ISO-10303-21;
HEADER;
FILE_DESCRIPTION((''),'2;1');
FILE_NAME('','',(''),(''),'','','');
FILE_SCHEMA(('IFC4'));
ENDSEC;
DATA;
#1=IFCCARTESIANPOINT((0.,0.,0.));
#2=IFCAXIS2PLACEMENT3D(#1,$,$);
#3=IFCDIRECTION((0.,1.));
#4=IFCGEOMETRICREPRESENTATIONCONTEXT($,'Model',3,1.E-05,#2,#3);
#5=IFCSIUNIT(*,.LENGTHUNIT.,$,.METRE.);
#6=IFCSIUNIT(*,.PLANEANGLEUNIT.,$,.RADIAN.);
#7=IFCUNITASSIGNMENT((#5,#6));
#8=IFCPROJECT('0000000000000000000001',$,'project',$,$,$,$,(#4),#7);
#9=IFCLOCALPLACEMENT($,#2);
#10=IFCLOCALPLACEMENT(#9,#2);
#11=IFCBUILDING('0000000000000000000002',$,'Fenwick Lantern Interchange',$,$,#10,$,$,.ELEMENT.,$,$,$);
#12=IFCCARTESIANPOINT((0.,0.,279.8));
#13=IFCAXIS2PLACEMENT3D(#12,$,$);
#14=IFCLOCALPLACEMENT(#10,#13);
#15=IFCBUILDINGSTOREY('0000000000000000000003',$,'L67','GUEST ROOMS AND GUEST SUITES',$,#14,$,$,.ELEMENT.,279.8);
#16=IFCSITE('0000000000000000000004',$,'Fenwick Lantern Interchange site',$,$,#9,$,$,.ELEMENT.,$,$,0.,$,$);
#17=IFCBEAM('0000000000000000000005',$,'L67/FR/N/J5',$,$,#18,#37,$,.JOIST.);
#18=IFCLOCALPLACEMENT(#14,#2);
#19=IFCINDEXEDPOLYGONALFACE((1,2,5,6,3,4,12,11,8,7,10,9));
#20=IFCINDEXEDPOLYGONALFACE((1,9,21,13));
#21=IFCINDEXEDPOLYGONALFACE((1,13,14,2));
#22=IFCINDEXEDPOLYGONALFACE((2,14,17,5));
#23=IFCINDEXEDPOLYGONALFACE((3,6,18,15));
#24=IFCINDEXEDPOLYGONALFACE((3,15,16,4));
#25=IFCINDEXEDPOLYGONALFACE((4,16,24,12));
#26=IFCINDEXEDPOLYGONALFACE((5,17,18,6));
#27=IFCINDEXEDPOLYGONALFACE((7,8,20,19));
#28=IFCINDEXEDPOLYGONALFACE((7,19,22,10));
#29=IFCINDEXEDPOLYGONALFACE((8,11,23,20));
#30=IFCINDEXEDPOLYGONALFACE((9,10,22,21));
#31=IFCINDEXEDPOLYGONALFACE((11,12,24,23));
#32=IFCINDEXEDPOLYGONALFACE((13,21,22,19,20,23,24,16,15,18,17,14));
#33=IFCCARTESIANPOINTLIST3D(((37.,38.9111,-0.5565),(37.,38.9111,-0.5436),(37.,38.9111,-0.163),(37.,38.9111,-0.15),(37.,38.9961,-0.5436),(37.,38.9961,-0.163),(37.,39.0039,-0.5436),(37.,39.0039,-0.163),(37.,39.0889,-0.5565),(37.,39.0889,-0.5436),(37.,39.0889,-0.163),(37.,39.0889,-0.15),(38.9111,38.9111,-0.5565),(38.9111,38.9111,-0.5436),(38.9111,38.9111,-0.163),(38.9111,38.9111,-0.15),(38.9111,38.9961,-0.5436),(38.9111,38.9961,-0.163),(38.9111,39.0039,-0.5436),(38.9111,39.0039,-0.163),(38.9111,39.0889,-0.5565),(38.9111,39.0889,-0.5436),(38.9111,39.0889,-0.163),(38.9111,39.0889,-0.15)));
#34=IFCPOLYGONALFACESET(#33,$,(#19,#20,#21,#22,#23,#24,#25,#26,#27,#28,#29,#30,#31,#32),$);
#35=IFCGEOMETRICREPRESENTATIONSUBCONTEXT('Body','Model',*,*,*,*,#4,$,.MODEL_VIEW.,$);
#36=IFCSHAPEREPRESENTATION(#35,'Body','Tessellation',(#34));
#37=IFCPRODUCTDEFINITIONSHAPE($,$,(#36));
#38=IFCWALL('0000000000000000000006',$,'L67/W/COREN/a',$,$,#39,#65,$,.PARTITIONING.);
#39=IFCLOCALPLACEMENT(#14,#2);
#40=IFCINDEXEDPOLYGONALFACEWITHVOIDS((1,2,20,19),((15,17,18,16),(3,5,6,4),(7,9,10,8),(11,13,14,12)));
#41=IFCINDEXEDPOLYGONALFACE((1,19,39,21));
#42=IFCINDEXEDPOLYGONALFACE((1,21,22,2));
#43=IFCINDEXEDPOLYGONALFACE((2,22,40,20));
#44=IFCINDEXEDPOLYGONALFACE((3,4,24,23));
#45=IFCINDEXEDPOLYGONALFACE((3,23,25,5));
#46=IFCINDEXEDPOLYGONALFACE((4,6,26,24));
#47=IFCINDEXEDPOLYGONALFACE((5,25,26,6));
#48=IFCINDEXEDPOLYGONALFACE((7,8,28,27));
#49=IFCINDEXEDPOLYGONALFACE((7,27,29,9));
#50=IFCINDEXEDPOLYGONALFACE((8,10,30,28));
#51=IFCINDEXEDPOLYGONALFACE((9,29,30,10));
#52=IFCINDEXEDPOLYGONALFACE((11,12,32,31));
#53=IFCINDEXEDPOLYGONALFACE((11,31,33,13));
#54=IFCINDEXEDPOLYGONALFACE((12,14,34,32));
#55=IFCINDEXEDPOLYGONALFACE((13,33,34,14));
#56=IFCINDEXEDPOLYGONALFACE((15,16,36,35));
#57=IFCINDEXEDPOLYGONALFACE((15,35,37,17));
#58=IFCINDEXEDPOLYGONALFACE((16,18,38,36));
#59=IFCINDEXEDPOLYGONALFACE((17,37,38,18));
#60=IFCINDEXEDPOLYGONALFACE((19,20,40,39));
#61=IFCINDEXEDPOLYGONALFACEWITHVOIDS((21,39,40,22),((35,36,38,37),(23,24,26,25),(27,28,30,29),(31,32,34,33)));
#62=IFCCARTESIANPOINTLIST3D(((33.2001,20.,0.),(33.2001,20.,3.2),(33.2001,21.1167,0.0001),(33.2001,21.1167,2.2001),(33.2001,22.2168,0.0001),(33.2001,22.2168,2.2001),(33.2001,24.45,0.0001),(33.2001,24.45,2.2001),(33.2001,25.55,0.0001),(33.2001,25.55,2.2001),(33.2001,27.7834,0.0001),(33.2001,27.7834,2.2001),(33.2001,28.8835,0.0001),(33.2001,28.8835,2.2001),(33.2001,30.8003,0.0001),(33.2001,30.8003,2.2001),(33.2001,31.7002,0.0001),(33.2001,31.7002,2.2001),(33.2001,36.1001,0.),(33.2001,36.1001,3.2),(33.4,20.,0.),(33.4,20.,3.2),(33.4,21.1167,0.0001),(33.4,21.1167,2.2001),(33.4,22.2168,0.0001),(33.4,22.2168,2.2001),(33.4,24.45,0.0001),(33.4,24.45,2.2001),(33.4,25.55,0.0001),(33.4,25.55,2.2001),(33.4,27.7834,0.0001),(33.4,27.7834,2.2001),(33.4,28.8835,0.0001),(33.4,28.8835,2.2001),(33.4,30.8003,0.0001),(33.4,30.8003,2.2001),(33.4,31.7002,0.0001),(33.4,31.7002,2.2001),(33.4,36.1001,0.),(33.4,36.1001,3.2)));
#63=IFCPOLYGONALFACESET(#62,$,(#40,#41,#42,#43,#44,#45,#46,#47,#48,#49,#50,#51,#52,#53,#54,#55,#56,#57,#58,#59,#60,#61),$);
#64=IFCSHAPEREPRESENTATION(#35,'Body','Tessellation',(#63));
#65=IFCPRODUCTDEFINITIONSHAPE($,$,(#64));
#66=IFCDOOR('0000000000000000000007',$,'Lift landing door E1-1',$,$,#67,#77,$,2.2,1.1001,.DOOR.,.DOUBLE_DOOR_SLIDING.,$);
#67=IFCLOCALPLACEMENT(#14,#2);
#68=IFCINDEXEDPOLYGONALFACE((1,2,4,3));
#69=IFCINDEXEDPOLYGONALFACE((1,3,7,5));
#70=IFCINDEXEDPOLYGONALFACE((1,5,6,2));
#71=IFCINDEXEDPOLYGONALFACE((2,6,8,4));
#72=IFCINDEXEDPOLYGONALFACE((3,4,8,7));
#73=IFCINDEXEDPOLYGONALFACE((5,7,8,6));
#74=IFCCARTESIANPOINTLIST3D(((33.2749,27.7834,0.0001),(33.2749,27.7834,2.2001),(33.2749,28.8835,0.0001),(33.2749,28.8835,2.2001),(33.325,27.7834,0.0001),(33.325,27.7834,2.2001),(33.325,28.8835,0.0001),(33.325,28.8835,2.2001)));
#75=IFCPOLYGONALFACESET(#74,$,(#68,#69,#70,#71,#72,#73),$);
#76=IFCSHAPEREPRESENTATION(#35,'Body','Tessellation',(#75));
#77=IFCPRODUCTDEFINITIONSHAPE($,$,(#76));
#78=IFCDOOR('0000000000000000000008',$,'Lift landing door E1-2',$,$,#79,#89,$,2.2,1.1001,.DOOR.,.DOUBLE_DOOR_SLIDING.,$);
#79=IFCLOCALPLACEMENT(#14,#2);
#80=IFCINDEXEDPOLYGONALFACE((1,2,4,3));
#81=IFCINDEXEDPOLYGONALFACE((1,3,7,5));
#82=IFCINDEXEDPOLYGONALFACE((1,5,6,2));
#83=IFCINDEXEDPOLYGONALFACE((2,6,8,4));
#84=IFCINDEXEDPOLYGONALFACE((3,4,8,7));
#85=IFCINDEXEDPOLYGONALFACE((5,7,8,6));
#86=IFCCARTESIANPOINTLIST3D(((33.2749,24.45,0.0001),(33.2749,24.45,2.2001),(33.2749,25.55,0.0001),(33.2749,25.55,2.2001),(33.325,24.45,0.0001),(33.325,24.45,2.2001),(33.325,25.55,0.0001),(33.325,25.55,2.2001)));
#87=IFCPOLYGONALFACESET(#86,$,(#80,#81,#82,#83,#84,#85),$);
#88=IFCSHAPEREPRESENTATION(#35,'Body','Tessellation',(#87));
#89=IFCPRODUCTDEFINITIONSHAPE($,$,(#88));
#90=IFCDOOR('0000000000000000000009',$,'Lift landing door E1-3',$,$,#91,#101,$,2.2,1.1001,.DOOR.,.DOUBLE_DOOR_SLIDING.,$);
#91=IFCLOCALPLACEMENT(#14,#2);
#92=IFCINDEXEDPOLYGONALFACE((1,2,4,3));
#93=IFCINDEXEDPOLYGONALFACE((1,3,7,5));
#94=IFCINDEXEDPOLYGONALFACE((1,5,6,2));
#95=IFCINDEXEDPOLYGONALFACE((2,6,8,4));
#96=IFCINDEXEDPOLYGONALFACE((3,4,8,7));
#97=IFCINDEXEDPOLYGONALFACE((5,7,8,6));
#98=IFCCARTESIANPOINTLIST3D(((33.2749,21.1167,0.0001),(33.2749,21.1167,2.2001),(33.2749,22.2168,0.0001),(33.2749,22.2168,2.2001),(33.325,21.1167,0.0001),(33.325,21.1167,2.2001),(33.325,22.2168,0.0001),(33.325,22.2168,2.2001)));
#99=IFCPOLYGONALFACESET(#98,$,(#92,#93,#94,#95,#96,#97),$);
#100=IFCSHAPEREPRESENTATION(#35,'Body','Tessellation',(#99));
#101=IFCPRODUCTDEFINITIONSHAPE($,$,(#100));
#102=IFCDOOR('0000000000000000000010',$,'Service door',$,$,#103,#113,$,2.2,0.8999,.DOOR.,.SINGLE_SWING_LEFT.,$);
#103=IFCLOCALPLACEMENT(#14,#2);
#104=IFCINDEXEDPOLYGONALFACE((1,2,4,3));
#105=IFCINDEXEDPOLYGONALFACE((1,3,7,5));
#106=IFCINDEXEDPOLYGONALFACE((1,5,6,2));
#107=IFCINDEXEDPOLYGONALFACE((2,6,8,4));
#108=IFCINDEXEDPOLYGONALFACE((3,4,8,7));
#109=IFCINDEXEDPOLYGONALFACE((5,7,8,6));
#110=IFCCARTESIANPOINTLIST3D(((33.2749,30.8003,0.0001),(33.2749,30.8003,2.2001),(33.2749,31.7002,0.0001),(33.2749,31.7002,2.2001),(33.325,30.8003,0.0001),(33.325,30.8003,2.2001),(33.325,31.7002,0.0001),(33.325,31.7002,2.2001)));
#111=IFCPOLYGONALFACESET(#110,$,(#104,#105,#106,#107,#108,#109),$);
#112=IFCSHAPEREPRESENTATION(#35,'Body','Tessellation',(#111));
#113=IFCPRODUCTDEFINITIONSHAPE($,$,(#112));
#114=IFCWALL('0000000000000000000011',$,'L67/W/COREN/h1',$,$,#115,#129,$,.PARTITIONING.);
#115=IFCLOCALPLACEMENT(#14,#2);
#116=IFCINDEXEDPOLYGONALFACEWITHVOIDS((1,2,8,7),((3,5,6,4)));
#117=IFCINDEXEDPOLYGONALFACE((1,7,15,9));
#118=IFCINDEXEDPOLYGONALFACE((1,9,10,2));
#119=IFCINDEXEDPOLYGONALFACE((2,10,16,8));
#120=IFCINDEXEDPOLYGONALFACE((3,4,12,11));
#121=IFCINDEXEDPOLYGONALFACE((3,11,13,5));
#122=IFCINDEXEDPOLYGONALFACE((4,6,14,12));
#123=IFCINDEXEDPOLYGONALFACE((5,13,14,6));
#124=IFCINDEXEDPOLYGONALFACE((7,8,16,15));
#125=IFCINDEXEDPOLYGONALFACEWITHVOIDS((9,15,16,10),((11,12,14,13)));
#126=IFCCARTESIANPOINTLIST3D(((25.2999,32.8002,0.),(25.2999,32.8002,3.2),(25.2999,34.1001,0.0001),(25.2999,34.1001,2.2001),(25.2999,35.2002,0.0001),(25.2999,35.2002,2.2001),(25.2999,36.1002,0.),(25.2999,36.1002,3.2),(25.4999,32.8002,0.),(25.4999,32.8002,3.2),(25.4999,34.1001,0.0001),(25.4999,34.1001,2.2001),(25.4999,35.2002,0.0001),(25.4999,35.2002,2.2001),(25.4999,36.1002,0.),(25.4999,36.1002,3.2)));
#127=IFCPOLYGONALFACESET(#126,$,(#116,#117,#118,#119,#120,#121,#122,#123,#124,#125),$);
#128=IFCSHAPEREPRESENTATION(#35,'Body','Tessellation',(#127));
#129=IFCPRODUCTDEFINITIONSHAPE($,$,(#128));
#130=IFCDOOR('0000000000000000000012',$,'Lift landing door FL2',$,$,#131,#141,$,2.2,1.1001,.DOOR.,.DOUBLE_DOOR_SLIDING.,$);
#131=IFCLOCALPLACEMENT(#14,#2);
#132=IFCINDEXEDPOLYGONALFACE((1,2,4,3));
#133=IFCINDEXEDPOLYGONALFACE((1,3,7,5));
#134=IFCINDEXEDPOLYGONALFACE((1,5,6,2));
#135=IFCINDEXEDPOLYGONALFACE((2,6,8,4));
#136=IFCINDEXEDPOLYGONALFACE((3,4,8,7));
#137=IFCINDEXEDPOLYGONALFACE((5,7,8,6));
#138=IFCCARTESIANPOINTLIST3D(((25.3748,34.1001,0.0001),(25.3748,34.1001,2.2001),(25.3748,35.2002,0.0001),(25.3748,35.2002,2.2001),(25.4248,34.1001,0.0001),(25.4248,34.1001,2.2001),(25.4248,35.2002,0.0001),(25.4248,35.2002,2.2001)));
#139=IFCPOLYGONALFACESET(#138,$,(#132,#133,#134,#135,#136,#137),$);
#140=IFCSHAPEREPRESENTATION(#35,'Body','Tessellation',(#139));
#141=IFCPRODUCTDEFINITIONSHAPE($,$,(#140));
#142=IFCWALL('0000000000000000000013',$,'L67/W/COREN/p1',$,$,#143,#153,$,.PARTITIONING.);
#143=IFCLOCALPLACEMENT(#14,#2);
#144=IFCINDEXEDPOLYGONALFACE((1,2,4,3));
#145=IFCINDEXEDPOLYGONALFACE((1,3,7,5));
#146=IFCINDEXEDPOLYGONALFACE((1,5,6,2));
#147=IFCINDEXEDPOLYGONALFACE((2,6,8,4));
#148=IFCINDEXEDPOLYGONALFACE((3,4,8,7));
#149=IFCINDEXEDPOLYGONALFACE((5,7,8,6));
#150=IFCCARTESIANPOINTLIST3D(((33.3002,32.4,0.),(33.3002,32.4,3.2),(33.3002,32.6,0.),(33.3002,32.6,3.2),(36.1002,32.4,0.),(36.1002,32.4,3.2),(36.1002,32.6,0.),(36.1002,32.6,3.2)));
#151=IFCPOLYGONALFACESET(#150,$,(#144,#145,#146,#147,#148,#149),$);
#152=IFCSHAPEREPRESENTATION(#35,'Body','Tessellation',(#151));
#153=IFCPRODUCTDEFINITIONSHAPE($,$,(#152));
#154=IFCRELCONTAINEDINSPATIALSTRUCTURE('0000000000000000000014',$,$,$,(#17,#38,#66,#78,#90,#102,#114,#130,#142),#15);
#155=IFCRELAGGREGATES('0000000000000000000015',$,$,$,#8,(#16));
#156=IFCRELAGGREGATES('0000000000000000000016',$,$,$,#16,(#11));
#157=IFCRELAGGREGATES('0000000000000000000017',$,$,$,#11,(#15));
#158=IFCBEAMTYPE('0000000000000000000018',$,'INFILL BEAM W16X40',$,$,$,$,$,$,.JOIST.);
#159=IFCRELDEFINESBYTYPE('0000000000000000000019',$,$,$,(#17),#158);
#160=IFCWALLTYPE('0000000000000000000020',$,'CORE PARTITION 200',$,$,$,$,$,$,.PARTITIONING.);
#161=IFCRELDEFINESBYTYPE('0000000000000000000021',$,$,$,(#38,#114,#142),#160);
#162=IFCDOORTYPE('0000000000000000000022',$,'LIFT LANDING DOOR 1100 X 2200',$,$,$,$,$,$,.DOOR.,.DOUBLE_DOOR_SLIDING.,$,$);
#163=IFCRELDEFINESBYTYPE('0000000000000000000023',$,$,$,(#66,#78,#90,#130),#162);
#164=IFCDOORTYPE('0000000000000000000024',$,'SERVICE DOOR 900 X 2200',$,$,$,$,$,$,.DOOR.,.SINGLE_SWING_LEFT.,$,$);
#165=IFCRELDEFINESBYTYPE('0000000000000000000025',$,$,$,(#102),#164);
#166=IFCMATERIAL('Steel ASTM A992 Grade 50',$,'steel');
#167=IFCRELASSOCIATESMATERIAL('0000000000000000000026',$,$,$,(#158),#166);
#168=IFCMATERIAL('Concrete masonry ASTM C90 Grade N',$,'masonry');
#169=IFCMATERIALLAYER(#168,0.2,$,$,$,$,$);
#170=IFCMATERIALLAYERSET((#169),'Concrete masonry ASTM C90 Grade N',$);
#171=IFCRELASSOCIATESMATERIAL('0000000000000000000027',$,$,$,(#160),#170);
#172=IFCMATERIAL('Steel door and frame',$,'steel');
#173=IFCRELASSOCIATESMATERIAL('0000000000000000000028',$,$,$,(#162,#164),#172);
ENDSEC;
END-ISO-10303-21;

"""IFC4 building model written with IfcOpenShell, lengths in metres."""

from ifc_helpers import new_model, si_unit, direction, frame, frame_2d, origin, origin_2d, place, context, subcontext, project, spatial, rectangle, i_section, extrude, material, layer, layer_set, material_profile, profile_set, type_object, element, fill, save


model = new_model("IFC4")

# Units and contexts
model_context = context("Model", 3, precision=1e-05, world=origin(), true_north=direction((0.0, 1.0)))
body_context = subcontext(model_context, "Body", "Model", "MODEL_VIEW")
ifc_project = project(units=[si_unit("LENGTHUNIT", "METRE"), si_unit("PLANEANGLEUNIT", "RADIAN")], contexts=[model_context])

# Site, building, storey
site_placement = place(None, origin())
site = spatial("IfcSite", under=ifc_project, at=site_placement, Name="Fenwick Lantern Interchange site", CompositionType="ELEMENT", RefElevation=0.0)
building_placement = place(site_placement, origin())
building = spatial("IfcBuilding", under=site, at=building_placement, Name="Fenwick Lantern Interchange", CompositionType="ELEMENT")
storey_placement = place(building_placement, frame((0.0, 0.0, 279.8)))
storey = spatial("IfcBuildingStorey", under=building, at=storey_placement, Name="L67", Description="GUEST ROOMS AND GUEST SUITES", CompositionType="ELEMENT", Elevation=279.8)

# Beam
ifc_material_1 = material(Name="Steel ASTM A992 Grade 50", Category="steel")
ifc_material_profile = material_profile(ifc_material_1, i_section(OverallWidth=0.1777, OverallDepth=0.4065, WebThickness=0.0078, FlangeThickness=0.0129, at=origin_2d()), Name="W16X40")
ifc_profile_set = profile_set([ifc_material_profile], Name="Steel ASTM A992 Grade 50")
beam_type = type_object("IfcBeamType", Name="INFILL BEAM W16X40", PredefinedType="JOIST", material=ifc_profile_set)
beam_placement = place(storey_placement, frame((38.9111, 39.0, -0.3533), z_axis=(-1.0, 0.0, 0.0), x_axis=(0.0, -1.0, 0.0)))
element("IfcBeam", 1, at=beam_placement, inside=storey, type_object=beam_type, Name="L67/FR/N/J5", PredefinedType="JOIST", context=body_context, shape_type="SweptSolid", body=[
    extrude(i_section(OverallWidth=0.1777, OverallDepth=0.4065, WebThickness=0.0078, FlangeThickness=0.0129, at=origin_2d()), origin(), (0.0, 0.0, 1.0), 1.9111),
])

# Wall, openings, doors
ifc_material_2 = material(Name="Concrete masonry ASTM C90 Grade N", Category="masonry")
ifc_layer_1 = layer(ifc_material_2, 0.2)
ifc_layer_set_1 = layer_set([ifc_layer_1], Name="Concrete masonry ASTM C90 Grade N")
wall_type_1 = type_object("IfcWallType", Name="CORE PARTITION 200", PredefinedType="PARTITIONING", material=ifc_layer_set_1)
wall_1_placement = place(storey_placement, frame((33.3, 36.1001, 0.0), z_axis=(0.0, 0.0, 1.0), x_axis=(0.0, -1.0, 0.0)))
wall_1 = element("IfcWall", 2, at=wall_1_placement, inside=storey, type_object=wall_type_1, Name="L67/W/COREN/a", PredefinedType="PARTITIONING", context=body_context, shape_type="SweptSolid", body=[
    extrude(rectangle(XDim=16.1001, YDim=0.2, at=frame_2d((8.05, 0.0))), origin(), (0.0, 0.0, 1.0), 3.2),
])
opening_1_placement = place(wall_1_placement, frame((4.3999, 0.0, 0.0)))
opening_1 = element("IfcOpeningElement", 3, at=opening_1_placement, cuts=wall_1, PredefinedType="OPENING", context=body_context, shape_type="SweptSolid", body=[
    extrude(rectangle(XDim=0.8999, YDim=2.2, at=frame_2d((0.45, 1.1001))), frame((0.0, 0.1099, 0.0), z_axis=(0.0, -1.0, 0.0), x_axis=(1.0, 0.0, 0.0)), (0.0, 0.0, 1.0), 0.22),
])
opening_2_placement = place(wall_1_placement, frame((7.2166, 0.0, 0.0)))
opening_2 = element("IfcOpeningElement", 4, at=opening_2_placement, cuts=wall_1, PredefinedType="OPENING", context=body_context, shape_type="SweptSolid", body=[
    extrude(rectangle(XDim=1.1001, YDim=2.2, at=frame_2d((0.55, 1.1001))), frame((0.0, 0.1099, 0.0), z_axis=(0.0, -1.0, 0.0), x_axis=(1.0, 0.0, 0.0)), (0.0, 0.0, 1.0), 0.22),
])
opening_3_placement = place(wall_1_placement, frame((10.55, 0.0, 0.0)))
opening_3 = element("IfcOpeningElement", 5, at=opening_3_placement, cuts=wall_1, PredefinedType="OPENING", context=body_context, shape_type="SweptSolid", body=[
    extrude(rectangle(XDim=1.1001, YDim=2.2, at=frame_2d((0.55, 1.1001))), frame((0.0, 0.1099, 0.0), z_axis=(0.0, -1.0, 0.0), x_axis=(1.0, 0.0, 0.0)), (0.0, 0.0, 1.0), 0.22),
])
opening_4_placement = place(wall_1_placement, frame((13.8833, 0.0, 0.0)))
opening_4 = element("IfcOpeningElement", 6, at=opening_4_placement, cuts=wall_1, PredefinedType="OPENING", context=body_context, shape_type="SweptSolid", body=[
    extrude(rectangle(XDim=1.1001, YDim=2.2, at=frame_2d((0.55, 1.1001))), frame((0.0, 0.1099, 0.0), z_axis=(0.0, -1.0, 0.0), x_axis=(1.0, 0.0, 0.0)), (0.0, 0.0, 1.0), 0.22),
])
ifc_material_3 = material(Name="Steel door and frame", Category="steel")
door_type_1 = type_object("IfcDoorType", Name="LIFT LANDING DOOR 1100 X 2200", OperationType="DOUBLE_DOOR_SLIDING", PredefinedType="DOOR", material=ifc_material_3)
door_1_placement = place(opening_2_placement, origin())
door_1 = element("IfcDoor", 7, at=door_1_placement, inside=storey, type_object=door_type_1, Name="Lift landing door E1-1", OperationType="DOUBLE_DOOR_SLIDING", OverallHeight=2.2, OverallWidth=1.1001, PredefinedType="DOOR", context=body_context, shape_type="SweptSolid", body=[
    extrude(rectangle(XDim=1.1001, YDim=2.2, at=frame_2d((0.55, 1.1001))), frame((0.0, 0.0249, 0.0), z_axis=(0.0, -1.0, 0.0), x_axis=(1.0, 0.0, 0.0)), (0.0, 0.0, 1.0), 0.05),
])
fill(opening_2, door_1)
door_2_placement = place(opening_3_placement, origin())
door_2 = element("IfcDoor", 8, at=door_2_placement, inside=storey, type_object=door_type_1, Name="Lift landing door E1-2", OperationType="DOUBLE_DOOR_SLIDING", OverallHeight=2.2, OverallWidth=1.1001, PredefinedType="DOOR", context=body_context, shape_type="SweptSolid", body=[
    extrude(rectangle(XDim=1.1001, YDim=2.2, at=frame_2d((0.55, 1.1001))), frame((0.0, 0.0249, 0.0), z_axis=(0.0, -1.0, 0.0), x_axis=(1.0, 0.0, 0.0)), (0.0, 0.0, 1.0), 0.05),
])
fill(opening_3, door_2)
door_3_placement = place(opening_4_placement, origin())
door_3 = element("IfcDoor", 9, at=door_3_placement, inside=storey, type_object=door_type_1, Name="Lift landing door E1-3", OperationType="DOUBLE_DOOR_SLIDING", OverallHeight=2.2, OverallWidth=1.1001, PredefinedType="DOOR", context=body_context, shape_type="SweptSolid", body=[
    extrude(rectangle(XDim=1.1001, YDim=2.2, at=frame_2d((0.55, 1.1001))), frame((0.0, 0.0249, 0.0), z_axis=(0.0, -1.0, 0.0), x_axis=(1.0, 0.0, 0.0)), (0.0, 0.0, 1.0), 0.05),
])
fill(opening_4, door_3)
door_type_2 = type_object("IfcDoorType", Name="SERVICE DOOR 900 X 2200", OperationType="SINGLE_SWING_LEFT", PredefinedType="DOOR", material=ifc_material_3)
door_4_placement = place(opening_1_placement, origin())
door_4 = element("IfcDoor", 10, at=door_4_placement, inside=storey, type_object=door_type_2, Name="Service door", OperationType="SINGLE_SWING_LEFT", OverallHeight=2.2, OverallWidth=0.8999, PredefinedType="DOOR", context=body_context, shape_type="SweptSolid", body=[
    extrude(rectangle(XDim=0.8999, YDim=2.2, at=frame_2d((0.45, 1.1001))), frame((0.0, 0.0249, 0.0), z_axis=(0.0, -1.0, 0.0), x_axis=(1.0, 0.0, 0.0)), (0.0, 0.0, 1.0), 0.05),
])
fill(opening_1, door_4)

# Wall, opening, door
wall_2_placement = place(storey_placement, frame((25.3999, 36.1001, 0.0), z_axis=(0.0, 0.0, 1.0), x_axis=(0.0, -1.0, 0.0)))
wall_2 = element("IfcWall", 11, at=wall_2_placement, inside=storey, type_object=wall_type_1, Name="L67/W/COREN/h1", PredefinedType="PARTITIONING", context=body_context, shape_type="SweptSolid", body=[
    extrude(rectangle(XDim=3.3, YDim=0.2, at=frame_2d((1.6499, 0.0))), origin(), (0.0, 0.0, 1.0), 3.2),
])
opening_5_placement = place(wall_2_placement, frame((0.8999, 0.0, 0.0)))
opening_5 = element("IfcOpeningElement", 12, at=opening_5_placement, cuts=wall_2, PredefinedType="OPENING", context=body_context, shape_type="SweptSolid", body=[
    extrude(rectangle(XDim=1.1001, YDim=2.2, at=frame_2d((0.55, 1.1001))), frame((0.0, 0.1099, 0.0), z_axis=(0.0, -1.0, 0.0), x_axis=(1.0, 0.0, 0.0)), (0.0, 0.0, 1.0), 0.22),
])
door_5_placement = place(opening_5_placement, origin())
door_5 = element("IfcDoor", 13, at=door_5_placement, inside=storey, type_object=door_type_1, Name="Lift landing door FL2", OperationType="DOUBLE_DOOR_SLIDING", OverallHeight=2.2, OverallWidth=1.1001, PredefinedType="DOOR", context=body_context, shape_type="SweptSolid", body=[
    extrude(rectangle(XDim=1.1001, YDim=2.2, at=frame_2d((0.55, 1.1001))), frame((0.0, 0.0249, 0.0), z_axis=(0.0, -1.0, 0.0), x_axis=(1.0, 0.0, 0.0)), (0.0, 0.0, 1.0), 0.05),
])
fill(opening_5, door_5)

# Wall
wall_3_placement = place(storey_placement, frame((36.1001, 32.5, 0.0), z_axis=(0.0, 0.0, 1.0), x_axis=(-1.0, 0.0, 0.0)))
element("IfcWall", 14, at=wall_3_placement, inside=storey, type_object=wall_type_1, Name="L67/W/COREN/p1", PredefinedType="PARTITIONING", context=body_context, shape_type="SweptSolid", body=[
    extrude(rectangle(XDim=2.8, YDim=0.2, at=frame_2d((1.3999, 0.0))), origin(), (0.0, 0.0, 1.0), 3.2),
])

save(model, "model.ifc")
